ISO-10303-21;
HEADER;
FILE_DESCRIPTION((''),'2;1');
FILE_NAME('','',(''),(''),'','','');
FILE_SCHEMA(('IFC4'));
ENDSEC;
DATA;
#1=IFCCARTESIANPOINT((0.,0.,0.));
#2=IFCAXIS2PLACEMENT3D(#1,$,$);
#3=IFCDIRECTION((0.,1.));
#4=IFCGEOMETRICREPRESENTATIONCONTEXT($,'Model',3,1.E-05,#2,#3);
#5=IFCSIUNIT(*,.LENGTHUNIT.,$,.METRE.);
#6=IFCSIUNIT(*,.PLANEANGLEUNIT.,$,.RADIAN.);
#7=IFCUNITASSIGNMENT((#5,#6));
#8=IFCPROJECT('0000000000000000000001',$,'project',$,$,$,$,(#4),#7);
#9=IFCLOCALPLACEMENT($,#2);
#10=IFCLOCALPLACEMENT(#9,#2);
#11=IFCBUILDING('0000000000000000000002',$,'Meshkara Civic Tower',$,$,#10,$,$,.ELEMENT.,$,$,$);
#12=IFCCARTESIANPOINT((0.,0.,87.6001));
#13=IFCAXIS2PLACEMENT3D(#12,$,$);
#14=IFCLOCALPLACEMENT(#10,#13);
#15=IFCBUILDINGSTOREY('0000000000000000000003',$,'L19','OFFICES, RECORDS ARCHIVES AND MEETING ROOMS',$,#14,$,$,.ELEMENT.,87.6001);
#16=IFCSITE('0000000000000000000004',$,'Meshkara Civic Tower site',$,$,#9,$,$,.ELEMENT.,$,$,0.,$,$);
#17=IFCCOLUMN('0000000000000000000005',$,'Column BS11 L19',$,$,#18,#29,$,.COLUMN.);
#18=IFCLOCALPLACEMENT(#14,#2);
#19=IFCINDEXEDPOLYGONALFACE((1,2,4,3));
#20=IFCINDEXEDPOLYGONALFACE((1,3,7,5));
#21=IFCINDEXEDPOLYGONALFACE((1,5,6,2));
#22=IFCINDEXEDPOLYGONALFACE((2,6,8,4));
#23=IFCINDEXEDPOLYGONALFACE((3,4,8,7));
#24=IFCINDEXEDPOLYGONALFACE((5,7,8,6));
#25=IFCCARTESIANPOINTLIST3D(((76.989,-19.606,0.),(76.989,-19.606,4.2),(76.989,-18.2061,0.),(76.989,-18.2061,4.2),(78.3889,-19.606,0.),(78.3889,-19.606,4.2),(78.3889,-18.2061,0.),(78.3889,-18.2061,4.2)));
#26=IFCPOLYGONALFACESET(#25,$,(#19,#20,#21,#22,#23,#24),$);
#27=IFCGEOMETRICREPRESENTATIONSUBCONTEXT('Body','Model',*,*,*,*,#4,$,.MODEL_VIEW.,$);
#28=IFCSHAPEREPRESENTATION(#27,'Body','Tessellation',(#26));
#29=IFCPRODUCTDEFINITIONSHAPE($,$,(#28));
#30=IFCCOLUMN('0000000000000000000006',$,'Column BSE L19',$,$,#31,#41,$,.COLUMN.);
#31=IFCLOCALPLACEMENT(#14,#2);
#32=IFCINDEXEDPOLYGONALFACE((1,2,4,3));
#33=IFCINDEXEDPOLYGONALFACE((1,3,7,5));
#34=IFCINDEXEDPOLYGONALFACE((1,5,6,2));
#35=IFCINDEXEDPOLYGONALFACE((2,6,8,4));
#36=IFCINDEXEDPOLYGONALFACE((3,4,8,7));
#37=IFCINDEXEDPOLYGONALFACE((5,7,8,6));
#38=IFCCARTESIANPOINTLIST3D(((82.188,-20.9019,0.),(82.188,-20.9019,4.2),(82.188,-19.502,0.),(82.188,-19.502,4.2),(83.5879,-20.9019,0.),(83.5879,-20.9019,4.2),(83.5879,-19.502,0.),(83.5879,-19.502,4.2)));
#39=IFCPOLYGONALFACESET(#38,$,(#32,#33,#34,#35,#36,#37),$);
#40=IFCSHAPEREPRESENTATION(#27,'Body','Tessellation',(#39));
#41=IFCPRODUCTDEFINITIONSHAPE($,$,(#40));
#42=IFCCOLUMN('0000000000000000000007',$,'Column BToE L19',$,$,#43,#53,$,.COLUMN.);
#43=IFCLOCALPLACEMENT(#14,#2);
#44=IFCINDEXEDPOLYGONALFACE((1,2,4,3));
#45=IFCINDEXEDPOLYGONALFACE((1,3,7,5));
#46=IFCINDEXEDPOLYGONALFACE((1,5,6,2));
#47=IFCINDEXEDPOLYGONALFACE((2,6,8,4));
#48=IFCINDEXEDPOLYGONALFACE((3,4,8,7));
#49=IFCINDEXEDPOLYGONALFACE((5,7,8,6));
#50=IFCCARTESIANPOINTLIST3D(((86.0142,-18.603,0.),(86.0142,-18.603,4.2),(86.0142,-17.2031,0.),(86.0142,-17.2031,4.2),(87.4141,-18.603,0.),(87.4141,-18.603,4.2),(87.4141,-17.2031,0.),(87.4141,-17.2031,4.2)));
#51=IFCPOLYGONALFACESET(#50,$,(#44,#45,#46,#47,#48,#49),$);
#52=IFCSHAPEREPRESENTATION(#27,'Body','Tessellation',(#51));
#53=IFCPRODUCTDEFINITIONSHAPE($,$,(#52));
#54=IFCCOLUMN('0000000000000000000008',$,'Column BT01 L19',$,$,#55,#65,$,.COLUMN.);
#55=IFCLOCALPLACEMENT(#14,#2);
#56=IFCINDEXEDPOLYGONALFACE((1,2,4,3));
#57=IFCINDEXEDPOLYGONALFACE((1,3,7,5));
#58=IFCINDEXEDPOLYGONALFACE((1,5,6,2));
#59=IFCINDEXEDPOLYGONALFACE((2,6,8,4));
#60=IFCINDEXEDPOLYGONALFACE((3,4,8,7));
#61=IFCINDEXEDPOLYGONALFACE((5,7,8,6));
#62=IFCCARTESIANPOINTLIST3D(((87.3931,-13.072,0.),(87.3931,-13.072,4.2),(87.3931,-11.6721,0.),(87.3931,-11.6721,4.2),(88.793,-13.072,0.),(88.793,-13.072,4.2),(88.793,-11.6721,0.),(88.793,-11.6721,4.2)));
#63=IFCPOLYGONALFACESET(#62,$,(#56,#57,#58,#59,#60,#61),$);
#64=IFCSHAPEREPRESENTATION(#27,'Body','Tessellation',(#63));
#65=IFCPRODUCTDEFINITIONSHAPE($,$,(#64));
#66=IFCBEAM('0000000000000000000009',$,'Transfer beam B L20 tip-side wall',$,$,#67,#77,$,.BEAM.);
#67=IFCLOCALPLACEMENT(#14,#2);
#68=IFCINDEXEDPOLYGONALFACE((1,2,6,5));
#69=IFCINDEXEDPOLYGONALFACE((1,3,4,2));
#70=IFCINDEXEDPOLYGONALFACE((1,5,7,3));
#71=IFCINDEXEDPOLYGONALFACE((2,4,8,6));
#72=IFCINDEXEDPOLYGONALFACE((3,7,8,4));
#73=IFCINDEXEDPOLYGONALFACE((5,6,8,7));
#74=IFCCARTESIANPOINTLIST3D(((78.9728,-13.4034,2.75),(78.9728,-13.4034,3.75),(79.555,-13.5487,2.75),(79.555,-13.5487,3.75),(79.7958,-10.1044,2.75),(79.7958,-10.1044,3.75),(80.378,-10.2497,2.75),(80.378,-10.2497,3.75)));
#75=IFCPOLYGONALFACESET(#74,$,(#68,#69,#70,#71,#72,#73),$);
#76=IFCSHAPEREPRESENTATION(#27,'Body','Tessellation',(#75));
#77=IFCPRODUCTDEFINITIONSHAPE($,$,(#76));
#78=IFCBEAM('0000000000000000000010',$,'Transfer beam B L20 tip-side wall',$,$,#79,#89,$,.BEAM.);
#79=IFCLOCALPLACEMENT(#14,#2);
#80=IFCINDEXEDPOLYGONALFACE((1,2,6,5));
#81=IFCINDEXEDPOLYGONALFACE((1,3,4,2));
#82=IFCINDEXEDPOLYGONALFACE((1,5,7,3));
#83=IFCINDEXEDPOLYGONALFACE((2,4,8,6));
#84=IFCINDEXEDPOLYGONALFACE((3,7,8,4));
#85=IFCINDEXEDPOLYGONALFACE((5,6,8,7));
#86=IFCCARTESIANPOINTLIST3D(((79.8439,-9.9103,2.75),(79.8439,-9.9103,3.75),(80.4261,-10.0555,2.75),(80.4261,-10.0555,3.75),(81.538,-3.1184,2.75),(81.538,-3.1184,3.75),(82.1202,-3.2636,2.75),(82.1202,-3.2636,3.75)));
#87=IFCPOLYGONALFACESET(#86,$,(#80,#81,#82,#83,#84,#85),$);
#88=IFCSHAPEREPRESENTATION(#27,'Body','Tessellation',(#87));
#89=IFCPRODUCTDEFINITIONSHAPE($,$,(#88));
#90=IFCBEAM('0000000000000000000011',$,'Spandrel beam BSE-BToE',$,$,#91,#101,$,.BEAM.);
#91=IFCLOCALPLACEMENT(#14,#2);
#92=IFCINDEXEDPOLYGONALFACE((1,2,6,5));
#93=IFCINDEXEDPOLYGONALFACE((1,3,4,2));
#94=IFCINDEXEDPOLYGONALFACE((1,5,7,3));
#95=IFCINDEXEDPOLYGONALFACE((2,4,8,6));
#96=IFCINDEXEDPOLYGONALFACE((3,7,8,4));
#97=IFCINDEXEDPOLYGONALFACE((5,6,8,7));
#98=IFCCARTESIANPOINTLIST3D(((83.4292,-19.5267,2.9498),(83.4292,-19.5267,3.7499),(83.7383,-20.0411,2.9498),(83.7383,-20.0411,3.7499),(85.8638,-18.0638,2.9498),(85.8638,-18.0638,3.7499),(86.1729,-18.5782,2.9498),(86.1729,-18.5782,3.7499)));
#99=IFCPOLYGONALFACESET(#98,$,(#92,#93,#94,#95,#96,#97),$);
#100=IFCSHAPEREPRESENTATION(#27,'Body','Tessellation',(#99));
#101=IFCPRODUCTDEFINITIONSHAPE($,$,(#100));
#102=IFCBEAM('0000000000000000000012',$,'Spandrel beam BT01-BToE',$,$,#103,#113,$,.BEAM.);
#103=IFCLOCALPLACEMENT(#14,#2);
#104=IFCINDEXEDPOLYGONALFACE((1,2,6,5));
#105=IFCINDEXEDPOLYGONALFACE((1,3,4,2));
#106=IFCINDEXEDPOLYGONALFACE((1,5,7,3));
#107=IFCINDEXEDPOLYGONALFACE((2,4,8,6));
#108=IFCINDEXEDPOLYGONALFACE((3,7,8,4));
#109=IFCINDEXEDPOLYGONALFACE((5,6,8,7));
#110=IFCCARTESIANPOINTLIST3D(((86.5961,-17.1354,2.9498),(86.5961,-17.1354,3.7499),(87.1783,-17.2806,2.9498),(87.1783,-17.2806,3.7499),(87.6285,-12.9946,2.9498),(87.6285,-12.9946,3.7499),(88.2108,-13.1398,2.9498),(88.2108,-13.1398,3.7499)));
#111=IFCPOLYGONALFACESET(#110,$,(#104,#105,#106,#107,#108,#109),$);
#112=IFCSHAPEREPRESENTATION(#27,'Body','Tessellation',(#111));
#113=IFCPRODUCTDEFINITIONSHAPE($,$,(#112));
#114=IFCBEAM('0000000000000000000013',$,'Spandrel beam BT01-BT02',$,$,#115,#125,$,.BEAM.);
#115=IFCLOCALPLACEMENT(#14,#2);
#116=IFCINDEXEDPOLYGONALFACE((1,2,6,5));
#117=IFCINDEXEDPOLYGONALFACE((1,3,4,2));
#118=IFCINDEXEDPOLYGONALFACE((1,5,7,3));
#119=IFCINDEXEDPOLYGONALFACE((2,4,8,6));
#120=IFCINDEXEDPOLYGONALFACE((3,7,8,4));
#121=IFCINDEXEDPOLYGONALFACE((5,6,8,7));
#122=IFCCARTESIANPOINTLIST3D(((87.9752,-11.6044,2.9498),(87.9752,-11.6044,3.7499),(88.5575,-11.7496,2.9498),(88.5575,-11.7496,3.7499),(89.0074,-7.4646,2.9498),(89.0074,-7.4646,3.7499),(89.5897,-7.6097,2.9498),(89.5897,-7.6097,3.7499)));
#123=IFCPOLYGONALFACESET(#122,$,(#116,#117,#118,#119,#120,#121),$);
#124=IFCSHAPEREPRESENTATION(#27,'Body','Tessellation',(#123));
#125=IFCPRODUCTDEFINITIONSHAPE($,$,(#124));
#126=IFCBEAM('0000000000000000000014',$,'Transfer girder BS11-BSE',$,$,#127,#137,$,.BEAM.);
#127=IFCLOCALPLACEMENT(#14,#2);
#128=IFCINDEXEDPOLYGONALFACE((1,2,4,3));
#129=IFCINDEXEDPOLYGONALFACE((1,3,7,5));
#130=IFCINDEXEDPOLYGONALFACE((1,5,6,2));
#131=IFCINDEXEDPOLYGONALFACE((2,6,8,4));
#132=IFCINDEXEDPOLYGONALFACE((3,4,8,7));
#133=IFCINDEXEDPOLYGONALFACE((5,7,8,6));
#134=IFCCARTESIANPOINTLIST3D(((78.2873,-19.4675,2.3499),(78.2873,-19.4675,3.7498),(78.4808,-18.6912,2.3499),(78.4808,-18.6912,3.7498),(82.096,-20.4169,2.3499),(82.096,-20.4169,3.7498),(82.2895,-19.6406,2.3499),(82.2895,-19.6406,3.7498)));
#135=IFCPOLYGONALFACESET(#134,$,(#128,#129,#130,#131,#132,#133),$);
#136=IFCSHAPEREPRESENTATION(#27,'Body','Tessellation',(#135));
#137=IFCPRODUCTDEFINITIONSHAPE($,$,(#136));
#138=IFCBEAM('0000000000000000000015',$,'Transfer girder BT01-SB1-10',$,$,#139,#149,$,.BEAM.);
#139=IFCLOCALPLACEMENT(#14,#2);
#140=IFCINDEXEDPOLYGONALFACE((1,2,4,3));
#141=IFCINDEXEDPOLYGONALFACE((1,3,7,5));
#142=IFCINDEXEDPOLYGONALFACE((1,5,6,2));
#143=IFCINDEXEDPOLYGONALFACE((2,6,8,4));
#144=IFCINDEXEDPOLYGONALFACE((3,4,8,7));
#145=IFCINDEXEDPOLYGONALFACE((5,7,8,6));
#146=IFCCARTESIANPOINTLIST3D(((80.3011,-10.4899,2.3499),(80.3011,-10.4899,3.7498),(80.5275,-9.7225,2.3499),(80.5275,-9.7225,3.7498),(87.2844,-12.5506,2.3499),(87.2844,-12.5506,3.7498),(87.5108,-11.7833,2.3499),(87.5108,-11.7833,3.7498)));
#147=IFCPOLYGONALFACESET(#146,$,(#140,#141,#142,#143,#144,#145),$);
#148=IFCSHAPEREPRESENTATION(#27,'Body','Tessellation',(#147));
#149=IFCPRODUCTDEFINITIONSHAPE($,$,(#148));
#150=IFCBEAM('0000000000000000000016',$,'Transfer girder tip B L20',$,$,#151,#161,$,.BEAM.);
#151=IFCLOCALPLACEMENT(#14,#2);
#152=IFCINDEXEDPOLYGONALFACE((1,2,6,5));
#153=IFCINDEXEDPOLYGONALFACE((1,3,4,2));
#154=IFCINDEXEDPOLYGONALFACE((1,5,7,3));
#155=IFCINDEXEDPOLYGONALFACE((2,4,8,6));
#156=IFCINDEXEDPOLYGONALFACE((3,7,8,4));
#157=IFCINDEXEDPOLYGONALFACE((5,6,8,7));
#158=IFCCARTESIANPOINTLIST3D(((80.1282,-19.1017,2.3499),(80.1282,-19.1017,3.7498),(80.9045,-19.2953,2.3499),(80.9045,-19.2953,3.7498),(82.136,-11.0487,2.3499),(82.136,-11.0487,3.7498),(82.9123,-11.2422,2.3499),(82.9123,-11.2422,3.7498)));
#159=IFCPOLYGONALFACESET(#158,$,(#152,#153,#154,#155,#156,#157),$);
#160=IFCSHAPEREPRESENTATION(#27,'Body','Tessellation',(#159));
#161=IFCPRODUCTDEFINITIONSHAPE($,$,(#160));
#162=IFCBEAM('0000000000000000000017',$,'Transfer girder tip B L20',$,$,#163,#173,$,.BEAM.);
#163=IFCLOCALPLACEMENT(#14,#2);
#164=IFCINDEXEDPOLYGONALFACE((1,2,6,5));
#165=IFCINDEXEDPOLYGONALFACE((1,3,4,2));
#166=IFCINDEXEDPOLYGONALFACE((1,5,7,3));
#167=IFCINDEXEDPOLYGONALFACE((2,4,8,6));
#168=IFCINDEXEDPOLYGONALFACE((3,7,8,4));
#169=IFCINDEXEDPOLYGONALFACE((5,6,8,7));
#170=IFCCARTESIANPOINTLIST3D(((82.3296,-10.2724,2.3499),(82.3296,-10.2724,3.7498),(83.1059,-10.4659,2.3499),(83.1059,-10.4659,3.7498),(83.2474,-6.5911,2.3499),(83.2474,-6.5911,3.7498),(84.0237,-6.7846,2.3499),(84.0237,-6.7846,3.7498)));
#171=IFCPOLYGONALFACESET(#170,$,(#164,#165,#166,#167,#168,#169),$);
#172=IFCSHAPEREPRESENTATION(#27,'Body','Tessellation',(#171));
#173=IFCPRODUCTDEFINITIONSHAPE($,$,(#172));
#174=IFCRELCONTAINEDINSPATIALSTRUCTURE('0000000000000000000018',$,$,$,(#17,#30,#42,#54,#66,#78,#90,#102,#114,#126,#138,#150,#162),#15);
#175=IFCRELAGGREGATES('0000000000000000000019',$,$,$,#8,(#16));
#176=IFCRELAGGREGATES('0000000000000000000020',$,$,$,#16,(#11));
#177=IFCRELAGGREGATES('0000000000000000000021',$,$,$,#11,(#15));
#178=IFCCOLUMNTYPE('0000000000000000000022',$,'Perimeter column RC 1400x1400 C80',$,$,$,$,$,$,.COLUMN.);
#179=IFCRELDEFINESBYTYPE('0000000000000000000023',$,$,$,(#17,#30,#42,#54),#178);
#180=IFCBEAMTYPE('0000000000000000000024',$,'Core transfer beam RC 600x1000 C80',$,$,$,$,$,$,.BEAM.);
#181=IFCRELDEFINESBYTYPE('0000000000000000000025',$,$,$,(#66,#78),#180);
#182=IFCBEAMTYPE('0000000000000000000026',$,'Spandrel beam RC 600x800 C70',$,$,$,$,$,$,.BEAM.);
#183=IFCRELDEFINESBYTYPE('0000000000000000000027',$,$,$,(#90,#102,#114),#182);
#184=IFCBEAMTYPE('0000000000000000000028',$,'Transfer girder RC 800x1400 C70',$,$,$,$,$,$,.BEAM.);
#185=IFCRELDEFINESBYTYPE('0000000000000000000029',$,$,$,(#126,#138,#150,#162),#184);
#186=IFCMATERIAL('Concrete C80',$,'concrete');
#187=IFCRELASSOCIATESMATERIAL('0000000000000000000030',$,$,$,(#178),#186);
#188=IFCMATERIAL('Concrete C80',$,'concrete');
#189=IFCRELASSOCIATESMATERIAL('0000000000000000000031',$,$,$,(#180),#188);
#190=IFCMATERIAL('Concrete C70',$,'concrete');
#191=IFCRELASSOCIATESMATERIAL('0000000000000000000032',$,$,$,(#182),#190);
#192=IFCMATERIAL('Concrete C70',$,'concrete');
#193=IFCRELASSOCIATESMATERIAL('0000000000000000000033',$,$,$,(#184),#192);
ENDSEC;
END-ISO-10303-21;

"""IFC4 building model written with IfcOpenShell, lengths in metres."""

from ifc_helpers import new_model, si_unit, direction, frame, origin, origin_2d, place, context, subcontext, project, spatial, rectangle, extrude, material, material_profile, profile_set, type_object, element, save


model = new_model("IFC4")

# Units and contexts
model_context = context("Model", 3, precision=1e-05, world=origin(), true_north=direction((0.0, 1.0)))
body_context = subcontext(model_context, "Body", "Model", "MODEL_VIEW")
ifc_project = project(units=[si_unit("LENGTHUNIT", "METRE"), si_unit("PLANEANGLEUNIT", "RADIAN")], contexts=[model_context])

# Site, building, storey
site_placement = place(None, origin())
site = spatial("IfcSite", under=ifc_project, at=site_placement, Name="Meshkara Civic Tower site", CompositionType="ELEMENT", RefElevation=0.0)
building_placement = place(site_placement, origin())
building = spatial("IfcBuilding", under=site, at=building_placement, Name="Meshkara Civic Tower", CompositionType="ELEMENT")
storey_placement = place(building_placement, frame((0.0, 0.0, 87.6001)))
storey = spatial("IfcBuildingStorey", under=building, at=storey_placement, Name="L19", Description="OFFICES, RECORDS ARCHIVES AND MEETING ROOMS", CompositionType="ELEMENT", Elevation=87.6001)

# Columns
ifc_material_1 = material(Name="Concrete C80", Category="concrete")
ifc_material_profile_1 = material_profile(ifc_material_1, rectangle(XDim=1.3999, YDim=1.3999, at=origin_2d()))
ifc_profile_set_1 = profile_set([ifc_material_profile_1], Name="Concrete C80")
column_type = type_object("IfcColumnType", Name="Perimeter column RC 1400x1400 C80", PredefinedType="COLUMN", material=ifc_profile_set_1)
for number, where, z_axis, x_axis, name in (
    (1, (77.689, -18.906, 0.0), (0.0, 0.0, 1.0), (1.0, 0.0, 0.0), "Column BS11 L19"),
    (2, (82.8879, -20.2019, 0.0), (0.0, 0.0, 1.0), (1.0, 0.0, 0.0), "Column BSE L19"),
    (3, (86.7141, -17.9031, 0.0), (0.0, 0.0, 1.0), (1.0, 0.0, 0.0), "Column BToE L19"),
    (4, (88.093, -12.3721, 0.0), (0.0, 0.0, 1.0), (1.0, 0.0, 0.0), "Column BT01 L19"),
):
    element("IfcColumn", number, at=place(storey_placement, frame(where, z_axis=z_axis, x_axis=x_axis)), inside=storey, type_object=column_type, Name=name, PredefinedType="COLUMN", context=body_context, shape_type="SweptSolid", body=[
        extrude(rectangle(XDim=1.3999, YDim=1.3999, at=origin_2d()), origin(), (0.0, 0.0, 1.0), 4.2),
    ])

# Beams
ifc_material_2 = material(Name="Concrete C80", Category="concrete")
ifc_material_profile_2 = material_profile(ifc_material_2, rectangle(XDim=0.6001, YDim=1.0, at=origin_2d()))
ifc_profile_set_2 = profile_set([ifc_material_profile_2], Name="Concrete C80")
beam_type_1 = type_object("IfcBeamType", Name="Core transfer beam RC 600x1000 C80", PredefinedType="BEAM", material=ifc_profile_set_2)
beam_1_placement = place(storey_placement, frame((79.2639, -13.4761, 3.25), z_axis=(0.242046, 0.970265, 0.0), x_axis=(-0.970265, 0.242046, 0.0)))
element("IfcBeam", 5, at=beam_1_placement, inside=storey, type_object=beam_type_1, Name="Transfer beam B L20 tip-side wall", PredefinedType="BEAM", context=body_context, shape_type="SweptSolid", body=[
    extrude(rectangle(XDim=0.6001, YDim=1.0, at=origin_2d()), origin(), (0.0, 0.0, 1.0), 3.4001),
])
beam_2_placement = place(storey_placement, frame((80.135, -9.9829, 3.25), z_axis=(0.24201, 0.970274, 0.0), x_axis=(-0.970274, 0.24201, 0.0)))
element("IfcBeam", 6, at=beam_2_placement, inside=storey, type_object=beam_type_1, Name="Transfer beam B L20 tip-side wall", PredefinedType="BEAM", context=body_context, shape_type="SweptSolid", body=[
    extrude(rectangle(XDim=0.6001, YDim=1.0, at=origin_2d()), origin(), (0.0, 0.0, 1.0), 7.0),
])
ifc_material_3 = material(Name="Concrete C70", Category="concrete")
ifc_material_profile_3 = material_profile(ifc_material_3, rectangle(XDim=0.6001, YDim=0.8, at=origin_2d()))
ifc_profile_set_3 = profile_set([ifc_material_profile_3], Name="Concrete C70")
beam_type_2 = type_object("IfcBeamType", Name="Spandrel beam RC 600x800 C70", PredefinedType="BEAM", material=ifc_profile_set_3)
beam_3_placement = place(storey_placement, frame((83.5837, -19.7839, 3.3499), z_axis=(0.857159, 0.515052, 0.0), x_axis=(-0.515052, 0.857159, 0.0)))
element("IfcBeam", 7, at=beam_3_placement, inside=storey, type_object=beam_type_2, Name="Spandrel beam BSE-BToE", PredefinedType="BEAM", context=body_context, shape_type="SweptSolid", body=[
    extrude(rectangle(XDim=0.6001, YDim=0.8, at=origin_2d()), origin(), (0.0, 0.0, 1.0), 2.8403),
])
beam_4_placement = place(storey_placement, frame((86.8872, -17.208, 3.3499), z_axis=(0.24193, 0.970294, 0.0), x_axis=(-0.970294, 0.24193, 0.0)))
element("IfcBeam", 8, at=beam_4_placement, inside=storey, type_object=beam_type_2, Name="Spandrel beam BT01-BToE", PredefinedType="BEAM", context=body_context, shape_type="SweptSolid", body=[
    extrude(rectangle(XDim=0.6001, YDim=0.8, at=origin_2d()), origin(), (0.0, 0.0, 1.0), 4.2676),
])
beam_5_placement = place(storey_placement, frame((88.2664, -11.677, 3.3499), z_axis=(0.24193, 0.970294, 0.0), x_axis=(-0.970294, 0.24193, 0.0)))
element("IfcBeam", 9, at=beam_5_placement, inside=storey, type_object=beam_type_2, Name="Spandrel beam BT01-BT02", PredefinedType="BEAM", context=body_context, shape_type="SweptSolid", body=[
    extrude(rectangle(XDim=0.6001, YDim=0.8, at=origin_2d()), origin(), (0.0, 0.0, 1.0), 4.2666),
])
ifc_material_4 = material(Name="Concrete C70", Category="concrete")
ifc_material_profile_4 = material_profile(ifc_material_4, rectangle(XDim=0.8, YDim=1.3999, at=origin_2d()))
ifc_profile_set_4 = profile_set([ifc_material_profile_4], Name="Concrete C70")
beam_type_3 = type_object("IfcBeamType", Name="Transfer girder RC 800x1400 C70", PredefinedType="BEAM", material=ifc_profile_set_4)
beam_6_placement = place(storey_placement, frame((78.384, -19.0793, 3.0498), z_axis=(0.970307, -0.241877, 0.0), x_axis=(0.241877, 0.970307, 0.0)))
element("IfcBeam", 10, at=beam_6_placement, inside=storey, type_object=beam_type_3, Name="Transfer girder BS11-BSE", PredefinedType="BEAM", context=body_context, shape_type="SweptSolid", body=[
    extrude(rectangle(XDim=0.8, YDim=1.3999, at=origin_2d()), origin(), (0.0, 0.0, 1.0), 3.9253),
])
beam_7_placement = place(storey_placement, frame((80.4143, -10.1062, 3.0498), z_axis=(0.95911, -0.283032, 0.0), x_axis=(0.283032, 0.95911, 0.0)))
element("IfcBeam", 11, at=beam_7_placement, inside=storey, type_object=beam_type_3, Name="Transfer girder BT01-SB1-10", PredefinedType="BEAM", context=body_context, shape_type="SweptSolid", body=[
    extrude(rectangle(XDim=0.8, YDim=1.3999, at=origin_2d()), origin(), (0.0, 0.0, 1.0), 7.281),
])
beam_8_placement = place(storey_placement, frame((80.5164, -19.1985, 3.0498), z_axis=(0.24192, 0.970296, 0.0), x_axis=(-0.970296, 0.24192, 0.0)))
element("IfcBeam", 12, at=beam_8_placement, inside=storey, type_object=beam_type_3, Name="Transfer girder tip B L20", PredefinedType="BEAM", context=body_context, shape_type="SweptSolid", body=[
    extrude(rectangle(XDim=0.8, YDim=1.3999, at=origin_2d()), origin(), (0.0, 0.0, 1.0), 8.2996),
])
beam_9_placement = place(storey_placement, frame((82.7178, -10.3691, 3.0498), z_axis=(0.2419, 0.970301, 0.0), x_axis=(-0.970301, 0.2419, 0.0)))
element("IfcBeam", 13, at=beam_9_placement, inside=storey, type_object=beam_type_3, Name="Transfer girder tip B L20", PredefinedType="BEAM", context=body_context, shape_type="SweptSolid", body=[
    extrude(rectangle(XDim=0.8, YDim=1.3999, at=origin_2d()), origin(), (0.0, 0.0, 1.0), 3.7939),
])

save(model, "model.ifc")
